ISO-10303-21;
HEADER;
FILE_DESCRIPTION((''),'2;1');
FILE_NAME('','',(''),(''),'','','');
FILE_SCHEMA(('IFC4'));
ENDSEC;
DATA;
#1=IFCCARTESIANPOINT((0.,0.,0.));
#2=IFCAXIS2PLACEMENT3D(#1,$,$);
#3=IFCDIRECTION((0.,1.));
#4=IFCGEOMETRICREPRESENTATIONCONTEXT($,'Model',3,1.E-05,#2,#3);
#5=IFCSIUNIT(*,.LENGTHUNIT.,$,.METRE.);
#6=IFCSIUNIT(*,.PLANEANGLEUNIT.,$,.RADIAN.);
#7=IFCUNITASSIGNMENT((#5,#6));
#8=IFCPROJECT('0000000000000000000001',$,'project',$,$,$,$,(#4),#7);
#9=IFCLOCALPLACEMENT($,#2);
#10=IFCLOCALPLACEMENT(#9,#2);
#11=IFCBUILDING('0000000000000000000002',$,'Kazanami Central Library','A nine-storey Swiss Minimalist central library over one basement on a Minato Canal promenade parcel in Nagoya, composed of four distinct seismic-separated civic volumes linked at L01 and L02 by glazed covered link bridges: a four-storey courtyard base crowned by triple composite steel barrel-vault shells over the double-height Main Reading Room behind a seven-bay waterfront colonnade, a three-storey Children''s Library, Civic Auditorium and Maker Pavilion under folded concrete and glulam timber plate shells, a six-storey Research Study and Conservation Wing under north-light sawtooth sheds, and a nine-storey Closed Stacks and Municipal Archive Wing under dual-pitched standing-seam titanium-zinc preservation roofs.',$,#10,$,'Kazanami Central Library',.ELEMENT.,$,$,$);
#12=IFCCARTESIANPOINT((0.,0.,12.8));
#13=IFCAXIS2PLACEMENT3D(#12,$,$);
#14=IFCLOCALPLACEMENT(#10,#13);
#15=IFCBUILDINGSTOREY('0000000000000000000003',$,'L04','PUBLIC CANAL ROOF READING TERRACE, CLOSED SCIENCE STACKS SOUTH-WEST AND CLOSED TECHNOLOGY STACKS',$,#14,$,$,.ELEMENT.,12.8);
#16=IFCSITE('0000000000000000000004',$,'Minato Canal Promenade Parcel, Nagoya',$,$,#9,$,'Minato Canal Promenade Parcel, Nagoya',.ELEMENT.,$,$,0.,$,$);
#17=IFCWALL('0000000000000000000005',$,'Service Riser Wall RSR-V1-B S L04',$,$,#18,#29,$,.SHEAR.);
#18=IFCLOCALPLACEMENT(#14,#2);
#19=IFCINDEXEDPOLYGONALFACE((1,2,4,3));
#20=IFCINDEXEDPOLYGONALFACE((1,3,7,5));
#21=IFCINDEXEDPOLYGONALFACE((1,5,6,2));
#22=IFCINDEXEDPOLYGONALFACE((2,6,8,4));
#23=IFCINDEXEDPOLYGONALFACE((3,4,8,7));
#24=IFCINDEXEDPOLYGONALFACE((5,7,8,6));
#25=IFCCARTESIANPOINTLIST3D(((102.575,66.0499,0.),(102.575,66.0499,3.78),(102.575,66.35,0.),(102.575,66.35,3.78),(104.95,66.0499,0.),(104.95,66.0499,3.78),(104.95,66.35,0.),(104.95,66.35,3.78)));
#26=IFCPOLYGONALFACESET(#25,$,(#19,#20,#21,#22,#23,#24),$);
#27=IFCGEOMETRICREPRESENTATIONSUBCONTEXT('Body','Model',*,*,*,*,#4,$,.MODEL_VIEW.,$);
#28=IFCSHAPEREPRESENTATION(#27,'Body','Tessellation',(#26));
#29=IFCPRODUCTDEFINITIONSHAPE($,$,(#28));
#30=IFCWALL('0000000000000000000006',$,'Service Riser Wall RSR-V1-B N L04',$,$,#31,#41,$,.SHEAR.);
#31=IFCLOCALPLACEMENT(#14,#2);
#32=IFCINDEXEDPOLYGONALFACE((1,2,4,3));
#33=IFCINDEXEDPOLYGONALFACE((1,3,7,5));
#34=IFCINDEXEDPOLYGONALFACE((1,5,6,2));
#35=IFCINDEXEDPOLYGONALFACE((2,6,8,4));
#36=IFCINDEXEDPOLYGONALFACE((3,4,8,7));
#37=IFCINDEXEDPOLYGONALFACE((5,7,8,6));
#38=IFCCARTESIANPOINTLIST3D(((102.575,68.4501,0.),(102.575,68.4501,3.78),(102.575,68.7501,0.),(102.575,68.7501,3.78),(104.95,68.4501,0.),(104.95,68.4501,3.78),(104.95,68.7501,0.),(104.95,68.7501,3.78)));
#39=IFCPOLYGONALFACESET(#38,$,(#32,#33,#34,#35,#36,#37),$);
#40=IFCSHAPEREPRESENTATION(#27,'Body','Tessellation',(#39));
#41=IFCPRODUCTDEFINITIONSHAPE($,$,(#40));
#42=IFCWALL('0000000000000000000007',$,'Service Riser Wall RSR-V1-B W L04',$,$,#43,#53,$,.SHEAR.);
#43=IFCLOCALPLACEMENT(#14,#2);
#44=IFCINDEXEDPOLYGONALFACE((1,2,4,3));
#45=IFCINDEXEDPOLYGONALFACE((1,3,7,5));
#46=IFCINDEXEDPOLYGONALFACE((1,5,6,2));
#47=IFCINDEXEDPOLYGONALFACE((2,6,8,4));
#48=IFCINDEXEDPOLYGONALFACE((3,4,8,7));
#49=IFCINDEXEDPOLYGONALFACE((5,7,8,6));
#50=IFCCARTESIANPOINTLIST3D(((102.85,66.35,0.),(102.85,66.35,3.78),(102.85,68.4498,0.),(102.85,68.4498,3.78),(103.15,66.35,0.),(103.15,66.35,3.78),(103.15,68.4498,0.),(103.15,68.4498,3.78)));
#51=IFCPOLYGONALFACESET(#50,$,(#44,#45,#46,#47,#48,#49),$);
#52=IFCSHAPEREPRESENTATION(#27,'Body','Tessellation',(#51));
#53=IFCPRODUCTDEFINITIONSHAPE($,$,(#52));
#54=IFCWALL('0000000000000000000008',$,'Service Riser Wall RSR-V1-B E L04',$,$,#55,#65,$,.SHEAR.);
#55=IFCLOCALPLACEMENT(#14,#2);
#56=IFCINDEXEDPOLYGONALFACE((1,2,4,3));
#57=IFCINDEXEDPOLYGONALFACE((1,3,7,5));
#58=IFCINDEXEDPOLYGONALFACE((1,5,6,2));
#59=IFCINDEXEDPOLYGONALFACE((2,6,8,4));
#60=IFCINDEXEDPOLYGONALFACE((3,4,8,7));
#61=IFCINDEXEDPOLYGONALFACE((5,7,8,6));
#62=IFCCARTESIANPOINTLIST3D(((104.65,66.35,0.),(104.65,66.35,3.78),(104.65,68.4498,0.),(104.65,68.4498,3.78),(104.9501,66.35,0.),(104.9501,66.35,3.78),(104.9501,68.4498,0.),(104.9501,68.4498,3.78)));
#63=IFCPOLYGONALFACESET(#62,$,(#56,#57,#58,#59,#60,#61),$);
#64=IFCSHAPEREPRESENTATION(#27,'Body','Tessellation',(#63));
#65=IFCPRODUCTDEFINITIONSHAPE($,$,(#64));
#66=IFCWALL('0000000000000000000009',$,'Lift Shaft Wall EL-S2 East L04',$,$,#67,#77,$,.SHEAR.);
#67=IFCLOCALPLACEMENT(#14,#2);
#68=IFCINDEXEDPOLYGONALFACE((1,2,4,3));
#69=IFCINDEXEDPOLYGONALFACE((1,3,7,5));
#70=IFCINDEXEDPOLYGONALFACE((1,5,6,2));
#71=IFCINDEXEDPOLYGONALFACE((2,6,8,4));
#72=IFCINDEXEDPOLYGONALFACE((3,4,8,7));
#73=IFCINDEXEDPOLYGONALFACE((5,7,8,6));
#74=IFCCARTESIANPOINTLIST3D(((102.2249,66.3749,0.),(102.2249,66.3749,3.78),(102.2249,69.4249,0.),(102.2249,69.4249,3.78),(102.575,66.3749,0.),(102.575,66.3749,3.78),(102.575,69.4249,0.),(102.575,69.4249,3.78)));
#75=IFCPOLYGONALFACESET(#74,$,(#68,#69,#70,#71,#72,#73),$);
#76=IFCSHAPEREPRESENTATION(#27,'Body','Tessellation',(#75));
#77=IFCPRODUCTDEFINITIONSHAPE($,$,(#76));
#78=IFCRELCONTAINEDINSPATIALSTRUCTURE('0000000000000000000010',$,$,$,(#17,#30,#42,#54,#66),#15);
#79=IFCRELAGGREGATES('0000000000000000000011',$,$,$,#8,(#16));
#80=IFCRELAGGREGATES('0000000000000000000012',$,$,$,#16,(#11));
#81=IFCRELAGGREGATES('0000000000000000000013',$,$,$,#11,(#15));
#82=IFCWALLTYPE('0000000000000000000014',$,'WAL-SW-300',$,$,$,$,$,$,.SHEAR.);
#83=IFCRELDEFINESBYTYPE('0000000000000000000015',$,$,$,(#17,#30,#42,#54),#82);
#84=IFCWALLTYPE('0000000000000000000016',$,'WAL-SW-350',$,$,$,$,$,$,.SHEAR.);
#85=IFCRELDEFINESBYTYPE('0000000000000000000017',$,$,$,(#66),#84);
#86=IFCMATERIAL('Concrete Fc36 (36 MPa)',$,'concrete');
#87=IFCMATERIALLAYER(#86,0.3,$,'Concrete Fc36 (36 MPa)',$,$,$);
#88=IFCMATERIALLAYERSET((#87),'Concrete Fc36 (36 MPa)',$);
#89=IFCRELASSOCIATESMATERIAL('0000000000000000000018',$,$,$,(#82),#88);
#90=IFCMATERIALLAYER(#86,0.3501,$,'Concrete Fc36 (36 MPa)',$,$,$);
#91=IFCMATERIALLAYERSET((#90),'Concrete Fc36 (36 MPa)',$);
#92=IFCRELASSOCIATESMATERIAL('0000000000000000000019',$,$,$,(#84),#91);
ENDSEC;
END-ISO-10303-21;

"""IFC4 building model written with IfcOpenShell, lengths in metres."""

from ifc_helpers import new_model, si_unit, direction, frame, frame_2d, origin, place, context, subcontext, project, spatial, rectangle, extrude, material, layer, layer_set, type_object, element, save


model = new_model("IFC4")

# Units and contexts
model_context = context("Model", 3, precision=1e-05, world=origin(), true_north=direction((0.0, 1.0)))
body_context = subcontext(model_context, "Body", "Model", "MODEL_VIEW")
ifc_project = project(units=[si_unit("LENGTHUNIT", "METRE"), si_unit("PLANEANGLEUNIT", "RADIAN")], contexts=[model_context])

# Site, building, storey
site_placement = place(None, origin())
site = spatial("IfcSite", under=ifc_project, at=site_placement, Name="Minato Canal Promenade Parcel, Nagoya", LongName="Minato Canal Promenade Parcel, Nagoya", CompositionType="ELEMENT", RefElevation=0.0)
building_placement = place(site_placement, origin())
building = spatial("IfcBuilding", under=site, at=building_placement, Name="Kazanami Central Library", Description="A nine-storey Swiss Minimalist central library over one basement on a Minato Canal promenade parcel in Nagoya, composed of four distinct seismic-separated civic volumes linked at L01 and L02 by glazed covered link bridges: a four-storey courtyard base crowned by triple composite steel barrel-vault shells over the double-height Main Reading Room behind a seven-bay waterfront colonnade, a three-storey Children's Library, Civic Auditorium and Maker Pavilion under folded concrete and glulam timber plate shells, a six-storey Research Study and Conservation Wing under north-light sawtooth sheds, and a nine-storey Closed Stacks and Municipal Archive Wing under dual-pitched standing-seam titanium-zinc preservation roofs.", LongName="Kazanami Central Library", CompositionType="ELEMENT")
storey_placement = place(building_placement, frame((0.0, 0.0, 12.8)))
storey = spatial("IfcBuildingStorey", under=building, at=storey_placement, Name="L04", Description="PUBLIC CANAL ROOF READING TERRACE, CLOSED SCIENCE STACKS SOUTH-WEST AND CLOSED TECHNOLOGY STACKS", CompositionType="ELEMENT", Elevation=12.8)

# Walls
ifc_material_1 = material(Name="Concrete Fc36 (36 MPa)", Category="concrete")
ifc_layer_1 = layer(ifc_material_1, 0.3, Name="Concrete Fc36 (36 MPa)")
ifc_layer_set_1 = layer_set([ifc_layer_1], Name="Concrete Fc36 (36 MPa)")
wall_type_1 = type_object("IfcWallType", Name="WAL-SW-300", PredefinedType="SHEAR", material=ifc_layer_set_1)
for number, where, z_axis, x_axis, name in (
    (1, (102.575, 66.2, 0.0), (0.0, 0.0, 1.0), (1.0, 0.0, 0.0), "Service Riser Wall RSR-V1-B S L04"),
    (2, (102.575, 68.6001, 0.0), (0.0, 0.0, 1.0), (1.0, 0.0, 0.0), "Service Riser Wall RSR-V1-B N L04"),
):
    element("IfcWall", number, at=place(storey_placement, frame(where, z_axis=z_axis, x_axis=x_axis)), inside=storey, type_object=wall_type_1, Name=name, PredefinedType="SHEAR", context=body_context, shape_type="SweptSolid", body=[
        extrude(rectangle(XDim=2.375, YDim=0.3, at=frame_2d((1.1875, 0.0))), origin(), (0.0, 0.0, 1.0), 3.78),
    ])
for number, where, z_axis, x_axis, name in (
    (3, (103.0, 66.3501, 0.0), (0.0, 0.0, 1.0), (0.0, 1.0, 0.0), "Service Riser Wall RSR-V1-B W L04"),
    (4, (104.8, 66.3501, 0.0), (0.0, 0.0, 1.0), (0.0, 1.0, 0.0), "Service Riser Wall RSR-V1-B E L04"),
):
    element("IfcWall", number, at=place(storey_placement, frame(where, z_axis=z_axis, x_axis=x_axis)), inside=storey, type_object=wall_type_1, Name=name, PredefinedType="SHEAR", context=body_context, shape_type="SweptSolid", body=[
        extrude(rectangle(XDim=2.0999, YDim=0.3, at=frame_2d((1.0498, 0.0))), origin(), (0.0, 0.0, 1.0), 3.78),
    ])
ifc_layer_2 = layer(ifc_material_1, 0.3501, Name="Concrete Fc36 (36 MPa)")
ifc_layer_set_2 = layer_set([ifc_layer_2], Name="Concrete Fc36 (36 MPa)")
wall_type_2 = type_object("IfcWallType", Name="WAL-SW-350", PredefinedType="SHEAR", material=ifc_layer_set_2)
wall_placement = place(storey_placement, frame((102.3999, 66.375, 0.0), z_axis=(0.0, 0.0, 1.0), x_axis=(0.0, 1.0, 0.0)))
element("IfcWall", 5, at=wall_placement, inside=storey, type_object=wall_type_2, Name="Lift Shaft Wall EL-S2 East L04", PredefinedType="SHEAR", context=body_context, shape_type="SweptSolid", body=[
    extrude(rectangle(XDim=3.05, YDim=0.3501, at=frame_2d((1.5249, 0.0))), origin(), (0.0, 0.0, 1.0), 3.78),
])

save(model, "model.ifc")
